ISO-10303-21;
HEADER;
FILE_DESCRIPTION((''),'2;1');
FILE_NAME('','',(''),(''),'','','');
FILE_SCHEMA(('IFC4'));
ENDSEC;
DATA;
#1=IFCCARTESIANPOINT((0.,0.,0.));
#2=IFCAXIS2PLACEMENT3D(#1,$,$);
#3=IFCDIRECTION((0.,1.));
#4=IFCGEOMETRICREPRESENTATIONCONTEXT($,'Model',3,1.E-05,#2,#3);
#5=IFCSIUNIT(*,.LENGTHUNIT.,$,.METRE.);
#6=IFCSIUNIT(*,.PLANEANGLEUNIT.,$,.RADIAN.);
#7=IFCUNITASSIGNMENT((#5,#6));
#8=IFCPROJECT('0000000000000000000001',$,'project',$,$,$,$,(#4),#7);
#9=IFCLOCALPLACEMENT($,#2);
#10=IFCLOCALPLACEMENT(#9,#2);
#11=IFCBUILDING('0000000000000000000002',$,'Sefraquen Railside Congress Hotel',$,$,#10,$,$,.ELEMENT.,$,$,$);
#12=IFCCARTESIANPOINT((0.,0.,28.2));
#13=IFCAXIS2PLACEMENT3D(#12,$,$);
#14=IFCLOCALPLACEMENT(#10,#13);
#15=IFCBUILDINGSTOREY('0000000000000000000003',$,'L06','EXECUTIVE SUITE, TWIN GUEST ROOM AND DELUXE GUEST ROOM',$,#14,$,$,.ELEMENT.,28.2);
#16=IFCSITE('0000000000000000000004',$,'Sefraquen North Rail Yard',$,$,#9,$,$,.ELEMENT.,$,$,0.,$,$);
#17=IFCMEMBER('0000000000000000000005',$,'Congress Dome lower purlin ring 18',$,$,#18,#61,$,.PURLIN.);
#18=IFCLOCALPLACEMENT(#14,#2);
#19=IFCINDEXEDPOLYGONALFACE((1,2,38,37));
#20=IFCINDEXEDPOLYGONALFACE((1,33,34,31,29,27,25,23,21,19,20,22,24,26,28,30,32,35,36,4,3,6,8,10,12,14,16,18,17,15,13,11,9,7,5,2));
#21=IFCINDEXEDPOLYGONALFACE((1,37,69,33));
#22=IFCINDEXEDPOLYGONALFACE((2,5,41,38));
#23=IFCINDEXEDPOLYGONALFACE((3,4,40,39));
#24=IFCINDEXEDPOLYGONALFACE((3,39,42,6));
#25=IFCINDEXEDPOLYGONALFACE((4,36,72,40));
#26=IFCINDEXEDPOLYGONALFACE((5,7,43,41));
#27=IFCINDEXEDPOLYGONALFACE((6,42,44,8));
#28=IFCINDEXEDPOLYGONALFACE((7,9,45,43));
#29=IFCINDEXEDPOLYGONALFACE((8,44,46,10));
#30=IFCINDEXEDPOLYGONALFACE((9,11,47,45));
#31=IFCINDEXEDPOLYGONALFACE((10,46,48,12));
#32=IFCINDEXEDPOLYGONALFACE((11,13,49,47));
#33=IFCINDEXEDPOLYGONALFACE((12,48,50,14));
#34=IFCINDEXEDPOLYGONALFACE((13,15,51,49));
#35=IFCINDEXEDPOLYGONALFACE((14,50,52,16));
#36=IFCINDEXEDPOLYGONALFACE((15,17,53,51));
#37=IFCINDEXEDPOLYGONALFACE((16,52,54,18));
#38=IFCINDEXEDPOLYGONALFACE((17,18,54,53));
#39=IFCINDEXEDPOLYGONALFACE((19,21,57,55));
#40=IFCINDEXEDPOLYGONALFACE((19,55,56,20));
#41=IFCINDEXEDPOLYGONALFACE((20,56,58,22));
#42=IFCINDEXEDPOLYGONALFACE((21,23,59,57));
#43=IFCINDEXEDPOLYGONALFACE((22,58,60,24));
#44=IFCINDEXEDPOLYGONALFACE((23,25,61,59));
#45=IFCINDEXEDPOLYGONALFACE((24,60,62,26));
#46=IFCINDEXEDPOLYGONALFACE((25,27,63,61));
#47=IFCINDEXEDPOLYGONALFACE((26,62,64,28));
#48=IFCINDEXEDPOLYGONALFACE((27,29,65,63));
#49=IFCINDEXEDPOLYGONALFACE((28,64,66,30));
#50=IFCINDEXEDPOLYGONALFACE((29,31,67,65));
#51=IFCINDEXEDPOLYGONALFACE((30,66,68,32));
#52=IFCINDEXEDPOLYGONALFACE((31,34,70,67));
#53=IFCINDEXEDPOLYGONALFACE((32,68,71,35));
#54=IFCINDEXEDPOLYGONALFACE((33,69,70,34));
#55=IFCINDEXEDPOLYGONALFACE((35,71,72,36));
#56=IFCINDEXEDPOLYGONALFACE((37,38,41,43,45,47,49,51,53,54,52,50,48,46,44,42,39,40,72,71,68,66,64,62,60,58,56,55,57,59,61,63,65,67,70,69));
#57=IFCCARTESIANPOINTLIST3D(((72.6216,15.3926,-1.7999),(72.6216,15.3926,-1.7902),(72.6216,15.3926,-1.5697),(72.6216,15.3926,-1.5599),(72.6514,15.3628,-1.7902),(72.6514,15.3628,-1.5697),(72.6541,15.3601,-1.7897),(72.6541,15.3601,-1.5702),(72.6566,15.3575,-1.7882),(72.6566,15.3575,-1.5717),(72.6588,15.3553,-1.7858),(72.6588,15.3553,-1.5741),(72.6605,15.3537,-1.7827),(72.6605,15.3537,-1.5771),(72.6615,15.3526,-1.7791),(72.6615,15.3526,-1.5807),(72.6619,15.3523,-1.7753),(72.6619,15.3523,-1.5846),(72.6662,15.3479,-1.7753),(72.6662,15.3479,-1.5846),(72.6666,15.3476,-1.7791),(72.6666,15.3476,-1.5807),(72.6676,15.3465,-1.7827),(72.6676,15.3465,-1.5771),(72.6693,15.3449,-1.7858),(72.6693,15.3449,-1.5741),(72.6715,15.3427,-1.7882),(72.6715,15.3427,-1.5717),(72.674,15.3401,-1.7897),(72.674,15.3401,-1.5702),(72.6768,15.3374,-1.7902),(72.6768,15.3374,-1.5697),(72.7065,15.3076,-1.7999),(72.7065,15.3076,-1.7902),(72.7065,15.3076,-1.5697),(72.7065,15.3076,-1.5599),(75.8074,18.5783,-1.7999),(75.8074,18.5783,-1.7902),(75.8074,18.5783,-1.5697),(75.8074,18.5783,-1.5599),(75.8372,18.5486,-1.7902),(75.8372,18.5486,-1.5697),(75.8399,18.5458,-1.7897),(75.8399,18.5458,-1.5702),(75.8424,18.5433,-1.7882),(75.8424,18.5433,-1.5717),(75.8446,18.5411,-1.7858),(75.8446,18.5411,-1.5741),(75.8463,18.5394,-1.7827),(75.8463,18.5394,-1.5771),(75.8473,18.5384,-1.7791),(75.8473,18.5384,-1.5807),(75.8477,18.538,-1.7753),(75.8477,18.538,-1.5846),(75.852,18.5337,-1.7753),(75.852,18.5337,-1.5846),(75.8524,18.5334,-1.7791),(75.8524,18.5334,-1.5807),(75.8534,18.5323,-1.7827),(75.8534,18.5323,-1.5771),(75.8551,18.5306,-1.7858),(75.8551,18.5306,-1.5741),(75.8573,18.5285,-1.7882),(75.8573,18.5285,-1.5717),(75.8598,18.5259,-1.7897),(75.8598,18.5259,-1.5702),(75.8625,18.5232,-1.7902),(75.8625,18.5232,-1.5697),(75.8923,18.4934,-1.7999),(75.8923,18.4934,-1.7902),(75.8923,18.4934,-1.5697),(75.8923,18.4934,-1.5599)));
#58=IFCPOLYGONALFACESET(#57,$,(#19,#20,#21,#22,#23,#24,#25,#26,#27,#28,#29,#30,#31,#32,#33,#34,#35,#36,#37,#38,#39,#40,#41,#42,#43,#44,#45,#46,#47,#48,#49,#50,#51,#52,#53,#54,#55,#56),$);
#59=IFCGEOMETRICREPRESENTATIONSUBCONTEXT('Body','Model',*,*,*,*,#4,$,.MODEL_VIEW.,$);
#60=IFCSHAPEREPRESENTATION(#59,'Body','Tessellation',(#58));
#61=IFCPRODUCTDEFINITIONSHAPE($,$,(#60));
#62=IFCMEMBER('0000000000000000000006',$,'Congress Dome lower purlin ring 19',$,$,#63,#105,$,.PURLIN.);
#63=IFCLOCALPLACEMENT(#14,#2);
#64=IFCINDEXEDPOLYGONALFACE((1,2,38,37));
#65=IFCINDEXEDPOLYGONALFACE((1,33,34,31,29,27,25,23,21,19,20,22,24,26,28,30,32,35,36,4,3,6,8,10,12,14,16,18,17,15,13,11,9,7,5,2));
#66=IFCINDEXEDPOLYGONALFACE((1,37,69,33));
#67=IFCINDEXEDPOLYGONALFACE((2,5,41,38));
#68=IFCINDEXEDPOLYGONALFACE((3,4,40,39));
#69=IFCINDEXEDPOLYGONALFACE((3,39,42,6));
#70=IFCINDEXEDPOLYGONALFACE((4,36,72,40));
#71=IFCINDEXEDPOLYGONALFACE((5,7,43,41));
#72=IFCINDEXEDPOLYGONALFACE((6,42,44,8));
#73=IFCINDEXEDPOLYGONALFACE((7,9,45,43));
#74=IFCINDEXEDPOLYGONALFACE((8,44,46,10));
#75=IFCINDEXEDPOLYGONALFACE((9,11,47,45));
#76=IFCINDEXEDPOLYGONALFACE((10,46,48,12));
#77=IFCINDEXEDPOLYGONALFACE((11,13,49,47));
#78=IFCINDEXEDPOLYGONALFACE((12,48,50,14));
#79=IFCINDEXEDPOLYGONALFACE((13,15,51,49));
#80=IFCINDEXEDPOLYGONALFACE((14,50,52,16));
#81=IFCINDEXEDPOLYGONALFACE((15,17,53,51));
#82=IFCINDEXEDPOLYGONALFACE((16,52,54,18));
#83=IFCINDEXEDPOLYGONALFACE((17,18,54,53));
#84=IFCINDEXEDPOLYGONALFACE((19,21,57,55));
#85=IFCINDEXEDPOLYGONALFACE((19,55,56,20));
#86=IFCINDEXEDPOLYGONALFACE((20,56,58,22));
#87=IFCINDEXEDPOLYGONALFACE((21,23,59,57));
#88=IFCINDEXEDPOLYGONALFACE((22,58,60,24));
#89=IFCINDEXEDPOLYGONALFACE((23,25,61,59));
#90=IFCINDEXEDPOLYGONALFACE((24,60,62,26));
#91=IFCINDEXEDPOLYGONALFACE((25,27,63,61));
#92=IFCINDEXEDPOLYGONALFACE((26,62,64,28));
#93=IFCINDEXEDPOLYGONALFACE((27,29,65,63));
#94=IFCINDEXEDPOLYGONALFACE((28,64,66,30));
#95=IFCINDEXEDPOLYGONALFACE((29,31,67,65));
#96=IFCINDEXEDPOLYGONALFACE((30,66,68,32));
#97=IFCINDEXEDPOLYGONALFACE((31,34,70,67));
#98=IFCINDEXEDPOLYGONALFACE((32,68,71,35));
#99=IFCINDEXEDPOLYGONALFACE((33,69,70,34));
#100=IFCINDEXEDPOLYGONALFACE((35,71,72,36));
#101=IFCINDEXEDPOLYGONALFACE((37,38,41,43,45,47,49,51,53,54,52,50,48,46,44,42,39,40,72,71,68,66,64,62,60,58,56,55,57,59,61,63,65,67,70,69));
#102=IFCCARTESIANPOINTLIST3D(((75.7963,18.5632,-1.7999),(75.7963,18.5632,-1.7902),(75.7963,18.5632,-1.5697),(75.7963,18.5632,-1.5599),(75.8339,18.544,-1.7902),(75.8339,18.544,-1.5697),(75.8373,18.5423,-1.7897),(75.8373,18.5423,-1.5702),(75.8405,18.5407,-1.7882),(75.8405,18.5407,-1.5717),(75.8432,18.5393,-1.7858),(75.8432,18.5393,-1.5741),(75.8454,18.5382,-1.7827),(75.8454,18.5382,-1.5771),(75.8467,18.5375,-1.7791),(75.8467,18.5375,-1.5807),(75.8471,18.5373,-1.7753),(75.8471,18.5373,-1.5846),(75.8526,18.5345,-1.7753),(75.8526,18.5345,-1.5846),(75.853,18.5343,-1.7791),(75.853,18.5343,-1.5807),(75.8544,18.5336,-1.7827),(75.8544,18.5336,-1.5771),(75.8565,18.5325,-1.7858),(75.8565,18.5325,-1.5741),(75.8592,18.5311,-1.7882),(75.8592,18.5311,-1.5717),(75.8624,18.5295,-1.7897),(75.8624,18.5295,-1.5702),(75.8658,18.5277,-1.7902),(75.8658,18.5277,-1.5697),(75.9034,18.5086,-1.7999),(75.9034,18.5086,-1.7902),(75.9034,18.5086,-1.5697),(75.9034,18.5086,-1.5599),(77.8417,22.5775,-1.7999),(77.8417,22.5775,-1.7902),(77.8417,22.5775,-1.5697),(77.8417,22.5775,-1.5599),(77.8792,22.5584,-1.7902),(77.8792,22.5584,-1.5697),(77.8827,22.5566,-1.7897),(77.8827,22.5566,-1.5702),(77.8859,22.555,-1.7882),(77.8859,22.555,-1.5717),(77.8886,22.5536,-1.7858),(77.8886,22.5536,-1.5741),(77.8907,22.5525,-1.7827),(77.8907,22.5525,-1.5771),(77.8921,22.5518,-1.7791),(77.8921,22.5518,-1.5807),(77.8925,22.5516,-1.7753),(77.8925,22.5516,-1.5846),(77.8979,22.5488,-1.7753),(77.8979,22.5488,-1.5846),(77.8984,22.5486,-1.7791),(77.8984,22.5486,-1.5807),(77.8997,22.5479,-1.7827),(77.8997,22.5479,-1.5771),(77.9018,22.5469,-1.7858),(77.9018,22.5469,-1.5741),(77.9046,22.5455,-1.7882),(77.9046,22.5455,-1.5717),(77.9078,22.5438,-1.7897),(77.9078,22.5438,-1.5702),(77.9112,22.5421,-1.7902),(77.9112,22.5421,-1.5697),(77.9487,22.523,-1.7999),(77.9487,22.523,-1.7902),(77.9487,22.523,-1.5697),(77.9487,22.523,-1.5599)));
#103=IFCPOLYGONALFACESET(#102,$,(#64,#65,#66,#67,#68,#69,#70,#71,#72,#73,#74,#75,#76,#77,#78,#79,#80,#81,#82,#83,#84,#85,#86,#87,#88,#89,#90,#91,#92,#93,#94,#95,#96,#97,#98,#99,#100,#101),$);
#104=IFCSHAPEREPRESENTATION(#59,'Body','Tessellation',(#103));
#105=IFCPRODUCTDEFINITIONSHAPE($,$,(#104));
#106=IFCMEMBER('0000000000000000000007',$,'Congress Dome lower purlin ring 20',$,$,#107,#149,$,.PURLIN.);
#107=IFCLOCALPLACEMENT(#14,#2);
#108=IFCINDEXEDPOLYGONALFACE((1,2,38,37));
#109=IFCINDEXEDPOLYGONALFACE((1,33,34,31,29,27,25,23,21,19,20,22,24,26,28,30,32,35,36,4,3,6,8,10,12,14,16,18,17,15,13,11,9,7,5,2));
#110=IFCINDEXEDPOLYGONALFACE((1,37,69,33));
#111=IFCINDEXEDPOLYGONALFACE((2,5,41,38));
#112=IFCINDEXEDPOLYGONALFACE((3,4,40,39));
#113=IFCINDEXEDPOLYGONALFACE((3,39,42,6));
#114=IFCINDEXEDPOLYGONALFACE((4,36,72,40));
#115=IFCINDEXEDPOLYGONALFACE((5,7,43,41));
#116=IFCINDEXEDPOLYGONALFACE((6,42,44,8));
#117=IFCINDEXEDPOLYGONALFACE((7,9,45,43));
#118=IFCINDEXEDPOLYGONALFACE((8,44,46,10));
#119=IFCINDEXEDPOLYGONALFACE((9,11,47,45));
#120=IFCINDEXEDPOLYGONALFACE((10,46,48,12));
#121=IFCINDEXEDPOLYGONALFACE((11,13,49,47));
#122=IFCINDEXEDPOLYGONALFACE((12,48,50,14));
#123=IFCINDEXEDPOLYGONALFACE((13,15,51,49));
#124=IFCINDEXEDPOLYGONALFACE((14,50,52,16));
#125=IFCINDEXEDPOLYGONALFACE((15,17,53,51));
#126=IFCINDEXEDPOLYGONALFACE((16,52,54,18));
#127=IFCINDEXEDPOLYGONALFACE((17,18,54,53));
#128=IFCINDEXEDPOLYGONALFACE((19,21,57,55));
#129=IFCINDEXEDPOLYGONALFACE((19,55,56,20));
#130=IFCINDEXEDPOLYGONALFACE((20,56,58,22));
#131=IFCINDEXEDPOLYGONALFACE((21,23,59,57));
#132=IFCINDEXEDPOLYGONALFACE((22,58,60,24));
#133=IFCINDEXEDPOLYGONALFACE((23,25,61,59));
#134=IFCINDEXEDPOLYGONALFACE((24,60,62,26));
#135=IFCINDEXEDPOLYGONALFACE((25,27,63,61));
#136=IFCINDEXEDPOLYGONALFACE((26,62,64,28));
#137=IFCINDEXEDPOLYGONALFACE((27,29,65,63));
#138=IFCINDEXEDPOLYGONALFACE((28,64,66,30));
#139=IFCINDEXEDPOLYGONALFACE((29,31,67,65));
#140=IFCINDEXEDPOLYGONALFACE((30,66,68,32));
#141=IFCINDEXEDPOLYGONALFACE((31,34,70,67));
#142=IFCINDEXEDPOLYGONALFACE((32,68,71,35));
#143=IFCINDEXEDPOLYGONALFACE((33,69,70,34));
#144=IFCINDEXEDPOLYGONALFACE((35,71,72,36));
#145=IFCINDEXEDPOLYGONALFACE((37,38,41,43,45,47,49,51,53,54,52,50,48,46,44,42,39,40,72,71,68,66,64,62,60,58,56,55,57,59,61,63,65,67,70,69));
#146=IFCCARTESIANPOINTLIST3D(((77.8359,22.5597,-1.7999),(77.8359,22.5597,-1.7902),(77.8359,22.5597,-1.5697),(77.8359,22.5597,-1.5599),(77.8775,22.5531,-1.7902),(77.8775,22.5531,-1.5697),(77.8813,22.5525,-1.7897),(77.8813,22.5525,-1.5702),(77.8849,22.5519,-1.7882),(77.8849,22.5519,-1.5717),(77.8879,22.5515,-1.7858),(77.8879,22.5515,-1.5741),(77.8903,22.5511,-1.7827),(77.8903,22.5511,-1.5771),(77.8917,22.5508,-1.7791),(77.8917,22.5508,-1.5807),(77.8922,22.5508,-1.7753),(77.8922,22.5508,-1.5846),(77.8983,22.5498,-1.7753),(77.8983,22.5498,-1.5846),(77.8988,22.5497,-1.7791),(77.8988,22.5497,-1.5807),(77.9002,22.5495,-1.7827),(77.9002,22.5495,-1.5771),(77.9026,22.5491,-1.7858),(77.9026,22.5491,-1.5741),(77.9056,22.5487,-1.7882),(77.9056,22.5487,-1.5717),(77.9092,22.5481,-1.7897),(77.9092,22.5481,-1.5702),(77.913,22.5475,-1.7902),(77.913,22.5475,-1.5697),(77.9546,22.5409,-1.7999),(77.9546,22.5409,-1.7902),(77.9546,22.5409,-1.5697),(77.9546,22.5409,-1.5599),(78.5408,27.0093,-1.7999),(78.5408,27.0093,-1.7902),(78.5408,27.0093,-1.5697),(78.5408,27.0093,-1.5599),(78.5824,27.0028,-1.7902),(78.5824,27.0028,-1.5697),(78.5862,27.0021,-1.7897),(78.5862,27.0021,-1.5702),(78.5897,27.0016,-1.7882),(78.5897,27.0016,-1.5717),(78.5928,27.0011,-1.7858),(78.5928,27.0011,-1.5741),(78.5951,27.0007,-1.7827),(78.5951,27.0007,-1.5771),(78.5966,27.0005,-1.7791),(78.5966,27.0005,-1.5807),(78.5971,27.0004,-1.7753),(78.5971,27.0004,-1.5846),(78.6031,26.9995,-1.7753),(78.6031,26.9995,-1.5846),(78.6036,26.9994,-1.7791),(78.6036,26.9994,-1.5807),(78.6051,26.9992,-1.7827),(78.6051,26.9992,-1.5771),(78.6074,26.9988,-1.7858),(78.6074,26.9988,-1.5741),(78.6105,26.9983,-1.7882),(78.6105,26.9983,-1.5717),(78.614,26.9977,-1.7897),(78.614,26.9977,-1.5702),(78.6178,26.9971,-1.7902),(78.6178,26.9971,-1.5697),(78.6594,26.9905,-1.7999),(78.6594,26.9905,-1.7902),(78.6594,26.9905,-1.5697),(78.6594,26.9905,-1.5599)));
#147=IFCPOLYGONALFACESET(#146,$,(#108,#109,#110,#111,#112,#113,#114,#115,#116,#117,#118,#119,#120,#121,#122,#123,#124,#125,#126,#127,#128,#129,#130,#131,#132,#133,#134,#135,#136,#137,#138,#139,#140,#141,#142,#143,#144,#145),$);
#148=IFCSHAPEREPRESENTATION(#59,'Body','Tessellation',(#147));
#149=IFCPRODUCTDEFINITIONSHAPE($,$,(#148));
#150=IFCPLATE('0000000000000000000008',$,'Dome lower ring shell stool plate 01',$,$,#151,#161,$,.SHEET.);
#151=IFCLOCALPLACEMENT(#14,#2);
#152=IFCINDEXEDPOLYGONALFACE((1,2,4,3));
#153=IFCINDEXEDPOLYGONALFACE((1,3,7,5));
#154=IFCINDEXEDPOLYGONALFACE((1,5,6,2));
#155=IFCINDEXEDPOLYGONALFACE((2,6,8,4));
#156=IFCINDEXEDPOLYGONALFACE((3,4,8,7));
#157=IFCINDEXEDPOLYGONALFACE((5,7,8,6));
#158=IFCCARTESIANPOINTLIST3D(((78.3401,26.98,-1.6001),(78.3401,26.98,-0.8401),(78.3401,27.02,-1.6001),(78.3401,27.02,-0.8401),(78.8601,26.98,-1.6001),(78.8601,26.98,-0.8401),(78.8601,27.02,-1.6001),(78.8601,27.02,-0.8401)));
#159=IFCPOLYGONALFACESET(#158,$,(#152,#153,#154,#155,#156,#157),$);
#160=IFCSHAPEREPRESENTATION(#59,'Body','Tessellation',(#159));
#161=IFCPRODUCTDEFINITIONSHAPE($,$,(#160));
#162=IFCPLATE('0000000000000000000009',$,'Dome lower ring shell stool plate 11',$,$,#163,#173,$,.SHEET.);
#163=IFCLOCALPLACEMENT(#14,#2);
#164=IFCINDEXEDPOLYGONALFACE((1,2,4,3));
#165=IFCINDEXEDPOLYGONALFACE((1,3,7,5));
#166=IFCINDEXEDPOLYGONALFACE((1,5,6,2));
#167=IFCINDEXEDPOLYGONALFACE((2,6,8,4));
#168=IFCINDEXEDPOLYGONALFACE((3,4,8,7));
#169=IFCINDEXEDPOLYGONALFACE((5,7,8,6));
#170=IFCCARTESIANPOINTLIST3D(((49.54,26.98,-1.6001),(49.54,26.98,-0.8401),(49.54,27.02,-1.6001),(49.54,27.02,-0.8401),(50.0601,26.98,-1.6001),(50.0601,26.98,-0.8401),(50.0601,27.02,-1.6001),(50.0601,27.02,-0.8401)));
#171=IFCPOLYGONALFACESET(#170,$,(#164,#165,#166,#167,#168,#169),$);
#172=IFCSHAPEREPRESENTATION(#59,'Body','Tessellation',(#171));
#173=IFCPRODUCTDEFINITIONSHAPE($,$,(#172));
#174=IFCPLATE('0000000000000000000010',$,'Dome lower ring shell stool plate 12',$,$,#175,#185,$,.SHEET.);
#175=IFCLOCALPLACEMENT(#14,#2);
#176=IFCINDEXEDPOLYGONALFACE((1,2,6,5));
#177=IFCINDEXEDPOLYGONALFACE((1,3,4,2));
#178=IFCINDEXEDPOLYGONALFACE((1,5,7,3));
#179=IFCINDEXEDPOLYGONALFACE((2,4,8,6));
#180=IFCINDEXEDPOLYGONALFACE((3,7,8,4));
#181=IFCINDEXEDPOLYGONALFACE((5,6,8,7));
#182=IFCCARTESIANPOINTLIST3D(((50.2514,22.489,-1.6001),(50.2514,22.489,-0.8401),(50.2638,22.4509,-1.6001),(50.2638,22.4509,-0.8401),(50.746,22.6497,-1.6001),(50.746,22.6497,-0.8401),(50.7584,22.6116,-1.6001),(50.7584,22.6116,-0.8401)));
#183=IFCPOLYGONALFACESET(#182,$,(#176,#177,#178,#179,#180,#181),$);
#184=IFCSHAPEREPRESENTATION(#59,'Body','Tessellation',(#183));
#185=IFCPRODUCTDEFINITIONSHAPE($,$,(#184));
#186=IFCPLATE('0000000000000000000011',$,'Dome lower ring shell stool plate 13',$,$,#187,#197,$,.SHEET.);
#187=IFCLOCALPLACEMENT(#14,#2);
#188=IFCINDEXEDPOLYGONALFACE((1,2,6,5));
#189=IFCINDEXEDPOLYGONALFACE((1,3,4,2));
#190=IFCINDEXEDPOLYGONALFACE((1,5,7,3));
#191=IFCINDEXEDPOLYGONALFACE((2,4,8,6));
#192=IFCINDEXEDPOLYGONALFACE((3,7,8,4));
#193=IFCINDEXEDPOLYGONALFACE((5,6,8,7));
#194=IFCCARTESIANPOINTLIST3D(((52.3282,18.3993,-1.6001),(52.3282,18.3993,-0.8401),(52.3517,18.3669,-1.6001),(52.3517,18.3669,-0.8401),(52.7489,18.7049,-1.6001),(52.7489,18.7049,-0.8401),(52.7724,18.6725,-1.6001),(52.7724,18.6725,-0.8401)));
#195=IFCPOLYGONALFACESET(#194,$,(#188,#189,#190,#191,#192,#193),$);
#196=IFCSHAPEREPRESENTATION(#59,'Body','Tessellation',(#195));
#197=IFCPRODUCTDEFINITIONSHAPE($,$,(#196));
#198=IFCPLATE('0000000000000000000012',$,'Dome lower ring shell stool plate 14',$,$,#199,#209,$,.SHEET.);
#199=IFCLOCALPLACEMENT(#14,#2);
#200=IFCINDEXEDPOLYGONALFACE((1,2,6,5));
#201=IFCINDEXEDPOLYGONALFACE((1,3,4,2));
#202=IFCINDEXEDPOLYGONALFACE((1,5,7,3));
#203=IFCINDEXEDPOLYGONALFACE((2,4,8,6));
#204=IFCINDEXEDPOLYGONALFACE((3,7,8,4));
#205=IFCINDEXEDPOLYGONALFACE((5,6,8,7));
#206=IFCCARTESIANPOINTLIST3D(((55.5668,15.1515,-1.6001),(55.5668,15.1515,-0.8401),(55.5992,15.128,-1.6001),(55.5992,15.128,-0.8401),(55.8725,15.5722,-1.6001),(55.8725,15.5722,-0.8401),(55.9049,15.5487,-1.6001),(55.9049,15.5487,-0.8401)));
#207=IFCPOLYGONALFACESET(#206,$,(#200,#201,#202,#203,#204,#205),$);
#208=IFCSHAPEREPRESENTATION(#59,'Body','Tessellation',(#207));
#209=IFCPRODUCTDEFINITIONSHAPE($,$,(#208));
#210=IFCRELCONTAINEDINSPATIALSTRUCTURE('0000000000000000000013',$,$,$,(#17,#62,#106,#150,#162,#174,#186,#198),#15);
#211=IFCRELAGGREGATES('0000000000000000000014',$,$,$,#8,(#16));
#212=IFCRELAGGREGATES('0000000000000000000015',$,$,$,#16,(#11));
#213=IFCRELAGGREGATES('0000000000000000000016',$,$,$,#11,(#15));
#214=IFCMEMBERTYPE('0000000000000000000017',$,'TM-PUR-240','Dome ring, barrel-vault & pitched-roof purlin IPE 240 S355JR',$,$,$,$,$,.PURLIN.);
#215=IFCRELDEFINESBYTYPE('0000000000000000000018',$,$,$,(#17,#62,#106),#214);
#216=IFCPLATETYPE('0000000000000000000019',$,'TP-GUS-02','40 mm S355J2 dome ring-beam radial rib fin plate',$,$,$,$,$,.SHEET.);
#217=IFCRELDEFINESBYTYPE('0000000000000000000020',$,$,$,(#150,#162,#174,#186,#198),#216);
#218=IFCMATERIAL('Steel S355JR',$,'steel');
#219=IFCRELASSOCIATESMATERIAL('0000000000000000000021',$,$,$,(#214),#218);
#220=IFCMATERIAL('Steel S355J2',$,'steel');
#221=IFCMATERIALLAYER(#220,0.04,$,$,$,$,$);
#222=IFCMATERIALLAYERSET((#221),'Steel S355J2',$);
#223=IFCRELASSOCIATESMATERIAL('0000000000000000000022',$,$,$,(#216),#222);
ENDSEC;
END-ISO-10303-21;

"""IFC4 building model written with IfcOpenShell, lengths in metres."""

from ifc_helpers import new_model, si_unit, direction, frame, origin, origin_2d, place, context, subcontext, project, spatial, rectangle, i_section, extrude, material, layer, layer_set, material_profile, profile_set, type_object, element, save


model = new_model("IFC4")

# Units and contexts
model_context = context("Model", 3, precision=1e-05, world=origin(), true_north=direction((0.0, 1.0)))
body_context = subcontext(model_context, "Body", "Model", "MODEL_VIEW")
ifc_project = project(units=[si_unit("LENGTHUNIT", "METRE"), si_unit("PLANEANGLEUNIT", "RADIAN")], contexts=[model_context])

# Site, building, storey
site_placement = place(None, origin())
site = spatial("IfcSite", under=ifc_project, at=site_placement, Name="Sefraquen North Rail Yard", CompositionType="ELEMENT", RefElevation=0.0)
building_placement = place(site_placement, origin())
building = spatial("IfcBuilding", under=site, at=building_placement, Name="Sefraquen Railside Congress Hotel", CompositionType="ELEMENT")
storey_placement = place(building_placement, frame((0.0, 0.0, 28.2)))
storey = spatial("IfcBuildingStorey", under=building, at=storey_placement, Name="L06", Description="EXECUTIVE SUITE, TWIN GUEST ROOM AND DELUXE GUEST ROOM", CompositionType="ELEMENT", Elevation=28.2)

# Members
ifc_material_1 = material(Name="Steel S355JR", Category="steel")
ifc_material_profile = material_profile(ifc_material_1, i_section(OverallWidth=0.1201, OverallDepth=0.24, WebThickness=0.0061, FlangeThickness=0.0098, FilletRadius=0.0149, at=origin_2d()), Name="IPE 240")
ifc_profile_set = profile_set([ifc_material_profile], Name="Steel S355JR")
member_type = type_object("IfcMemberType", Name="TM-PUR-240", Description="Dome ring, barrel-vault & pitched-roof purlin IPE 240 S355JR", PredefinedType="PURLIN", material=ifc_profile_set)
for number, where, z_axis, x_axis, name in (
    (1, (72.6641, 15.3501, -1.6799), (0.707107, 0.707107, 0.0), (-0.707107, 0.707107, 0.0), "Congress Dome lower purlin ring 18"),
    (2, (75.8499, 18.5359, -1.6799), (0.453985, 0.891009, 0.0), (-0.891009, 0.453985, 0.0), "Congress Dome lower purlin ring 19"),
):
    element("IfcMember", number, at=place(storey_placement, frame(where, z_axis=z_axis, x_axis=x_axis)), inside=storey, type_object=member_type, Name=name, PredefinedType="PURLIN", context=body_context, shape_type="SweptSolid", body=[
        extrude(i_section(OverallWidth=0.1201, OverallDepth=0.24, WebThickness=0.0061, FlangeThickness=0.0098, FilletRadius=0.0149, at=origin_2d()), origin(), (0.0, 0.0, 1.0), 4.5054),
    ])
member_1_placement = place(storey_placement, frame((77.8953, 22.5503, -1.6799), z_axis=(0.15645, 0.987686, 0.0), x_axis=(-0.987686, 0.15645, 0.0)))
element("IfcMember", 3, at=member_1_placement, inside=storey, type_object=member_type, Name="Congress Dome lower purlin ring 20", PredefinedType="PURLIN", context=body_context, shape_type="SweptSolid", body=[
    extrude(i_section(OverallWidth=0.1201, OverallDepth=0.24, WebThickness=0.0061, FlangeThickness=0.0098, FilletRadius=0.0149, at=origin_2d()), origin(), (0.0, 0.0, 1.0), 4.5051),
])

# Plates
ifc_material_2 = material(Name="Steel S355J2", Category="steel")
ifc_layer = layer(ifc_material_2, 0.04)
ifc_layer_set = layer_set([ifc_layer], Name="Steel S355J2")
plate_type = type_object("IfcPlateType", Name="TP-GUS-02", Description="40 mm S355J2 dome ring-beam radial rib fin plate", PredefinedType="SHEET", material=ifc_layer_set)
for number, where, z_axis, x_axis, name in (
    (4, (78.6001, 27.0, -1.6001), (0.0, 0.0, 1.0), (1.0, 0.0, 0.0), "Dome lower ring shell stool plate 01"),
    (5, (49.8, 27.0, -1.6001), (0.0, 0.0, 1.0), (-1.0, 0.0, 0.0), "Dome lower ring shell stool plate 11"),
    (6, (50.5049, 22.5503, -1.6001), (0.0, 0.0, 1.0), (-0.951057, -0.309017, 0.0), "Dome lower ring shell stool plate 12"),
    (7, (52.5503, 18.5359, -1.6001), (0.0, 0.0, 1.0), (-0.809017, -0.587785, 0.0), "Dome lower ring shell stool plate 13"),
    (8, (55.7358, 15.3501, -1.6001), (0.0, 0.0, 1.0), (-0.587785, -0.809017, 0.0), "Dome lower ring shell stool plate 14"),
):
    element("IfcPlate", number, at=place(storey_placement, frame(where, z_axis=z_axis, x_axis=x_axis)), inside=storey, type_object=plate_type, Name=name, PredefinedType="SHEET", context=body_context, shape_type="SweptSolid", body=[
        extrude(rectangle(XDim=0.52, YDim=0.04, at=origin_2d()), origin(), (0.0, 0.0, 1.0), 0.76),
    ])

save(model, "model.ifc")
